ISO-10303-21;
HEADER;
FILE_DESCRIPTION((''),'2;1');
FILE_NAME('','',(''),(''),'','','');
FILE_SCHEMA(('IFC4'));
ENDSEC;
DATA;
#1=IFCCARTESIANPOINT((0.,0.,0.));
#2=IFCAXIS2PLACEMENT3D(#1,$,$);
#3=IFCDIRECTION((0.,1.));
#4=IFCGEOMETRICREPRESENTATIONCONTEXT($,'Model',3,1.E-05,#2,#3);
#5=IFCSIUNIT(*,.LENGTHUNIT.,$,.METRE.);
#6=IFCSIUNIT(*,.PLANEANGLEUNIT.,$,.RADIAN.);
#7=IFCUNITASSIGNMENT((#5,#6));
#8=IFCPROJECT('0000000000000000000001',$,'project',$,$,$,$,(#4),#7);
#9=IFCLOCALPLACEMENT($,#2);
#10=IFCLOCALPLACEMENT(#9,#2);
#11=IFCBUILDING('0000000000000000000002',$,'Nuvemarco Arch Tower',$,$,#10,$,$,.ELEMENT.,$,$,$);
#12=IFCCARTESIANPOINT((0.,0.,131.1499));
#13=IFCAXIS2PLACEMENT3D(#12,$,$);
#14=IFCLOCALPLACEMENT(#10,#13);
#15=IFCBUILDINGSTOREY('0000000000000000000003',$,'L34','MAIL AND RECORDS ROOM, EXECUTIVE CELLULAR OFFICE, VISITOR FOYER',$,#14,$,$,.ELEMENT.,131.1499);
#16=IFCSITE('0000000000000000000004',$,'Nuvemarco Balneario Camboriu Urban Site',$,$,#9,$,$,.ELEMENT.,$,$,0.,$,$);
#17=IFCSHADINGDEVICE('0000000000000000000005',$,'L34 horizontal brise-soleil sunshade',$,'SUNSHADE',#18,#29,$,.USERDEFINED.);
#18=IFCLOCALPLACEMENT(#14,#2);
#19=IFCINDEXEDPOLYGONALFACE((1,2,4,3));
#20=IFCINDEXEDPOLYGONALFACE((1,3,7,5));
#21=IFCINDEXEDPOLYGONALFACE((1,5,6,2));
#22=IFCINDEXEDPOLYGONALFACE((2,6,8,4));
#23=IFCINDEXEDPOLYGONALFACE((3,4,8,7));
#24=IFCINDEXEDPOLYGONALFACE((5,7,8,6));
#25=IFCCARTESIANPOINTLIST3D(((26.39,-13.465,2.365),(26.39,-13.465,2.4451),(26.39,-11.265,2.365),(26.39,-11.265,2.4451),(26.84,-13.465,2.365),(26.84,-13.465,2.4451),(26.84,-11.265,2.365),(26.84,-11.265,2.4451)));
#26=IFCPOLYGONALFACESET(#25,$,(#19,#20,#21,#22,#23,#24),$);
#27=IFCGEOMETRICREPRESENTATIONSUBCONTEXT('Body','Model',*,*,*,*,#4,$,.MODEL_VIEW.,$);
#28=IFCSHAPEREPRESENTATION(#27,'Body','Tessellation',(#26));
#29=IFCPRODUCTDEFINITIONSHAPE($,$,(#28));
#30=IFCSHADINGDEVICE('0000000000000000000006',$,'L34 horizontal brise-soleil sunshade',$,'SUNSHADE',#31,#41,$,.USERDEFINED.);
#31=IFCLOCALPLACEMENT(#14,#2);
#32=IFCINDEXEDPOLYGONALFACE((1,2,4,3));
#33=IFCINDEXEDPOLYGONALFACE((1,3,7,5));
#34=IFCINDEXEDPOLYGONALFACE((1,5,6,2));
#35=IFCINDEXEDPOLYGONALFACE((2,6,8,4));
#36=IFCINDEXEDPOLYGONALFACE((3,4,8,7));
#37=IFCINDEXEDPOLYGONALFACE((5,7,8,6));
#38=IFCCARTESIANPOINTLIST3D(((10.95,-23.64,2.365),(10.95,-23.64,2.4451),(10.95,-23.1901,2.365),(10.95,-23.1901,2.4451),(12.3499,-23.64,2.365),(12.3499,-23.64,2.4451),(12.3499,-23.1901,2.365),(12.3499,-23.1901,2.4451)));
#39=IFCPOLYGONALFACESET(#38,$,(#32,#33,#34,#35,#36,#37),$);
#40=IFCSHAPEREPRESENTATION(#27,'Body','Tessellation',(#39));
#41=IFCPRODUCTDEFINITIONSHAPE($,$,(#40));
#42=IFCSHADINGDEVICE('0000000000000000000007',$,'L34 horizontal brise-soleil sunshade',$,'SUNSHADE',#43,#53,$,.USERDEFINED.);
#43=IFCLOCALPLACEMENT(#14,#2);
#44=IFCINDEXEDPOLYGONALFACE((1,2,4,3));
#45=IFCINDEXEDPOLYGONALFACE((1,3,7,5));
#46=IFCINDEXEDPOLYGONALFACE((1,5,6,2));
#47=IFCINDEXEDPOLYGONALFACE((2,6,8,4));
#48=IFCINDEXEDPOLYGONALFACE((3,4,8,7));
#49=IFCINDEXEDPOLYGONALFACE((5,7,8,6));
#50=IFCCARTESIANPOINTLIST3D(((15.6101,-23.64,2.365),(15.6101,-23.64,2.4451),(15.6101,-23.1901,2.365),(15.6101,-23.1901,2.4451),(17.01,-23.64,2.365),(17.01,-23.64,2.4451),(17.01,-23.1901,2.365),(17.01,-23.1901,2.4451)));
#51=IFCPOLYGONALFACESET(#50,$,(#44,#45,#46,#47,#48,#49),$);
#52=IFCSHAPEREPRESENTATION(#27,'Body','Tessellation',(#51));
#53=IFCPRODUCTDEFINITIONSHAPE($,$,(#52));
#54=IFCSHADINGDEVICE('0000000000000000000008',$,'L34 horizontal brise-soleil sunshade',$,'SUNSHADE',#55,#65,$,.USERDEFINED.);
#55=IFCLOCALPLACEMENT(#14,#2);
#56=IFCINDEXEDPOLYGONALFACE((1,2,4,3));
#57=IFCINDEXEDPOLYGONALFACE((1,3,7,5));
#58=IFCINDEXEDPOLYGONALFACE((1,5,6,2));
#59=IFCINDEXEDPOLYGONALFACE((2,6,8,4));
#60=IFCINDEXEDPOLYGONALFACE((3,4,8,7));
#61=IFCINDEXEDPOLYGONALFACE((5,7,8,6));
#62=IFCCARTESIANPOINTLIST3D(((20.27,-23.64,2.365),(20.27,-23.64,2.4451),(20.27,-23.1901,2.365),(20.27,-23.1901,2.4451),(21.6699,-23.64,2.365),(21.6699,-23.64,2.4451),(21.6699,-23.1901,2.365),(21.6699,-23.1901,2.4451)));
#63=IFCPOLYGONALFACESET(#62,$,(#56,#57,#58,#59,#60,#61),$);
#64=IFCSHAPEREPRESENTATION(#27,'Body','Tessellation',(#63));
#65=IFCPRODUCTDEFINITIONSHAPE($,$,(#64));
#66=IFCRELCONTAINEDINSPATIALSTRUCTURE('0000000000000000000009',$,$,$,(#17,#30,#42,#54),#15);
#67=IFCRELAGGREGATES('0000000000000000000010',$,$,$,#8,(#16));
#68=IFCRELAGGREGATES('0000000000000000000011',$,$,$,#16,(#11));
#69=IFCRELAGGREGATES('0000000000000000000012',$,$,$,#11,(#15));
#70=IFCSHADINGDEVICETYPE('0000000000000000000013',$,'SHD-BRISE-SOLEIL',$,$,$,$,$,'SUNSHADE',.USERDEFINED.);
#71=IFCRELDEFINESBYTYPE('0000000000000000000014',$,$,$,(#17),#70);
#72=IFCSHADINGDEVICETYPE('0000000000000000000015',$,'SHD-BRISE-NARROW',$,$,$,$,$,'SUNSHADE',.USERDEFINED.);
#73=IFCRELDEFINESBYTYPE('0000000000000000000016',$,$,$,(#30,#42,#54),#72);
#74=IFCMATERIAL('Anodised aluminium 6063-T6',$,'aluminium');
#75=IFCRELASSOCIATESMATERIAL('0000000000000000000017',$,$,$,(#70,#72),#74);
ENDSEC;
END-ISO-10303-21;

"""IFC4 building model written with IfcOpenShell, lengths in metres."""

from ifc_helpers import new_model, si_unit, direction, frame, origin, origin_2d, place, context, subcontext, project, spatial, rectangle, extrude, source, transform, mapped, material, type_object, type_shapes, element, save


model = new_model("IFC4")

# Units and contexts
model_context = context("Model", 3, precision=1e-05, world=origin(), true_north=direction((0.0, 1.0)))
body_context = subcontext(model_context, "Body", "Model", "MODEL_VIEW")
ifc_project = project(units=[si_unit("LENGTHUNIT", "METRE"), si_unit("PLANEANGLEUNIT", "RADIAN")], contexts=[model_context])

# Site, building, storey
site_placement = place(None, origin())
site = spatial("IfcSite", under=ifc_project, at=site_placement, Name="Nuvemarco Balneario Camboriu Urban Site", CompositionType="ELEMENT", RefElevation=0.0)
building_placement = place(site_placement, origin())
building = spatial("IfcBuilding", under=site, at=building_placement, Name="Nuvemarco Arch Tower", CompositionType="ELEMENT")
storey_placement = place(building_placement, frame((0.0, 0.0, 131.1499)))
storey = spatial("IfcBuildingStorey", under=building, at=storey_placement, Name="L34", Description="MAIL AND RECORDS ROOM, EXECUTIVE CELLULAR OFFICE, VISITOR FOYER", CompositionType="ELEMENT", Elevation=131.1499)

# Shading devices
ifc_material_1 = material(Name="Anodised aluminium 6063-T6", Category="aluminium")
shading_device_type_1 = type_object("IfcShadingDeviceType", Name="SHD-BRISE-SOLEIL", ElementType="SUNSHADE", PredefinedType="USERDEFINED", material=ifc_material_1)
shared_shape_1 = source(origin(), body_context, "Body", "SweptSolid", [
    extrude(rectangle(XDim=2.2, YDim=0.45, at=origin_2d()), origin(), (0.0, 0.0, 1.0), 0.0801),
])
type_shapes(shading_device_type_1, [shared_shape_1])
shading_device_placement = place(storey_placement, frame((26.615, -12.365, 2.365), z_axis=(0.0, 0.0, 1.0), x_axis=(0.0, 1.0, 0.0)))
element("IfcShadingDevice", 1, at=shading_device_placement, inside=storey, type_object=shading_device_type_1, Name="L34 horizontal brise-soleil sunshade", ObjectType="SUNSHADE", PredefinedType="USERDEFINED", context=body_context, shape_type="MappedRepresentation", body=[
    mapped(shared_shape_1, transform((0.0, 0.0, 0.0), scale=1.0)),
])
shading_device_type_2 = type_object("IfcShadingDeviceType", Name="SHD-BRISE-NARROW", ElementType="SUNSHADE", PredefinedType="USERDEFINED", material=ifc_material_1)
shared_shape_2 = source(origin(), body_context, "Body", "SweptSolid", [
    extrude(rectangle(XDim=1.3999, YDim=0.45, at=origin_2d()), origin(), (0.0, 0.0, 1.0), 0.0801),
])
type_shapes(shading_device_type_2, [shared_shape_2])
for number, where, z_axis, x_axis, name in (
    (2, (11.6499, -23.415, 2.365), (0.0, 0.0, 1.0), (1.0, 0.0, 0.0), "L34 horizontal brise-soleil sunshade"),
    (3, (16.3101, -23.415, 2.365), (0.0, 0.0, 1.0), (1.0, 0.0, 0.0), "L34 horizontal brise-soleil sunshade"),
    (4, (20.97, -23.415, 2.365), (0.0, 0.0, 1.0), (1.0, 0.0, 0.0), "L34 horizontal brise-soleil sunshade"),
):
    element("IfcShadingDevice", number, at=place(storey_placement, frame(where, z_axis=z_axis, x_axis=x_axis)), inside=storey, type_object=shading_device_type_2, Name=name, ObjectType="SUNSHADE", PredefinedType="USERDEFINED", context=body_context, shape_type="MappedRepresentation", body=[
        mapped(shared_shape_2, transform((0.0, 0.0, 0.0), scale=1.0)),
    ])

save(model, "model.ifc")
